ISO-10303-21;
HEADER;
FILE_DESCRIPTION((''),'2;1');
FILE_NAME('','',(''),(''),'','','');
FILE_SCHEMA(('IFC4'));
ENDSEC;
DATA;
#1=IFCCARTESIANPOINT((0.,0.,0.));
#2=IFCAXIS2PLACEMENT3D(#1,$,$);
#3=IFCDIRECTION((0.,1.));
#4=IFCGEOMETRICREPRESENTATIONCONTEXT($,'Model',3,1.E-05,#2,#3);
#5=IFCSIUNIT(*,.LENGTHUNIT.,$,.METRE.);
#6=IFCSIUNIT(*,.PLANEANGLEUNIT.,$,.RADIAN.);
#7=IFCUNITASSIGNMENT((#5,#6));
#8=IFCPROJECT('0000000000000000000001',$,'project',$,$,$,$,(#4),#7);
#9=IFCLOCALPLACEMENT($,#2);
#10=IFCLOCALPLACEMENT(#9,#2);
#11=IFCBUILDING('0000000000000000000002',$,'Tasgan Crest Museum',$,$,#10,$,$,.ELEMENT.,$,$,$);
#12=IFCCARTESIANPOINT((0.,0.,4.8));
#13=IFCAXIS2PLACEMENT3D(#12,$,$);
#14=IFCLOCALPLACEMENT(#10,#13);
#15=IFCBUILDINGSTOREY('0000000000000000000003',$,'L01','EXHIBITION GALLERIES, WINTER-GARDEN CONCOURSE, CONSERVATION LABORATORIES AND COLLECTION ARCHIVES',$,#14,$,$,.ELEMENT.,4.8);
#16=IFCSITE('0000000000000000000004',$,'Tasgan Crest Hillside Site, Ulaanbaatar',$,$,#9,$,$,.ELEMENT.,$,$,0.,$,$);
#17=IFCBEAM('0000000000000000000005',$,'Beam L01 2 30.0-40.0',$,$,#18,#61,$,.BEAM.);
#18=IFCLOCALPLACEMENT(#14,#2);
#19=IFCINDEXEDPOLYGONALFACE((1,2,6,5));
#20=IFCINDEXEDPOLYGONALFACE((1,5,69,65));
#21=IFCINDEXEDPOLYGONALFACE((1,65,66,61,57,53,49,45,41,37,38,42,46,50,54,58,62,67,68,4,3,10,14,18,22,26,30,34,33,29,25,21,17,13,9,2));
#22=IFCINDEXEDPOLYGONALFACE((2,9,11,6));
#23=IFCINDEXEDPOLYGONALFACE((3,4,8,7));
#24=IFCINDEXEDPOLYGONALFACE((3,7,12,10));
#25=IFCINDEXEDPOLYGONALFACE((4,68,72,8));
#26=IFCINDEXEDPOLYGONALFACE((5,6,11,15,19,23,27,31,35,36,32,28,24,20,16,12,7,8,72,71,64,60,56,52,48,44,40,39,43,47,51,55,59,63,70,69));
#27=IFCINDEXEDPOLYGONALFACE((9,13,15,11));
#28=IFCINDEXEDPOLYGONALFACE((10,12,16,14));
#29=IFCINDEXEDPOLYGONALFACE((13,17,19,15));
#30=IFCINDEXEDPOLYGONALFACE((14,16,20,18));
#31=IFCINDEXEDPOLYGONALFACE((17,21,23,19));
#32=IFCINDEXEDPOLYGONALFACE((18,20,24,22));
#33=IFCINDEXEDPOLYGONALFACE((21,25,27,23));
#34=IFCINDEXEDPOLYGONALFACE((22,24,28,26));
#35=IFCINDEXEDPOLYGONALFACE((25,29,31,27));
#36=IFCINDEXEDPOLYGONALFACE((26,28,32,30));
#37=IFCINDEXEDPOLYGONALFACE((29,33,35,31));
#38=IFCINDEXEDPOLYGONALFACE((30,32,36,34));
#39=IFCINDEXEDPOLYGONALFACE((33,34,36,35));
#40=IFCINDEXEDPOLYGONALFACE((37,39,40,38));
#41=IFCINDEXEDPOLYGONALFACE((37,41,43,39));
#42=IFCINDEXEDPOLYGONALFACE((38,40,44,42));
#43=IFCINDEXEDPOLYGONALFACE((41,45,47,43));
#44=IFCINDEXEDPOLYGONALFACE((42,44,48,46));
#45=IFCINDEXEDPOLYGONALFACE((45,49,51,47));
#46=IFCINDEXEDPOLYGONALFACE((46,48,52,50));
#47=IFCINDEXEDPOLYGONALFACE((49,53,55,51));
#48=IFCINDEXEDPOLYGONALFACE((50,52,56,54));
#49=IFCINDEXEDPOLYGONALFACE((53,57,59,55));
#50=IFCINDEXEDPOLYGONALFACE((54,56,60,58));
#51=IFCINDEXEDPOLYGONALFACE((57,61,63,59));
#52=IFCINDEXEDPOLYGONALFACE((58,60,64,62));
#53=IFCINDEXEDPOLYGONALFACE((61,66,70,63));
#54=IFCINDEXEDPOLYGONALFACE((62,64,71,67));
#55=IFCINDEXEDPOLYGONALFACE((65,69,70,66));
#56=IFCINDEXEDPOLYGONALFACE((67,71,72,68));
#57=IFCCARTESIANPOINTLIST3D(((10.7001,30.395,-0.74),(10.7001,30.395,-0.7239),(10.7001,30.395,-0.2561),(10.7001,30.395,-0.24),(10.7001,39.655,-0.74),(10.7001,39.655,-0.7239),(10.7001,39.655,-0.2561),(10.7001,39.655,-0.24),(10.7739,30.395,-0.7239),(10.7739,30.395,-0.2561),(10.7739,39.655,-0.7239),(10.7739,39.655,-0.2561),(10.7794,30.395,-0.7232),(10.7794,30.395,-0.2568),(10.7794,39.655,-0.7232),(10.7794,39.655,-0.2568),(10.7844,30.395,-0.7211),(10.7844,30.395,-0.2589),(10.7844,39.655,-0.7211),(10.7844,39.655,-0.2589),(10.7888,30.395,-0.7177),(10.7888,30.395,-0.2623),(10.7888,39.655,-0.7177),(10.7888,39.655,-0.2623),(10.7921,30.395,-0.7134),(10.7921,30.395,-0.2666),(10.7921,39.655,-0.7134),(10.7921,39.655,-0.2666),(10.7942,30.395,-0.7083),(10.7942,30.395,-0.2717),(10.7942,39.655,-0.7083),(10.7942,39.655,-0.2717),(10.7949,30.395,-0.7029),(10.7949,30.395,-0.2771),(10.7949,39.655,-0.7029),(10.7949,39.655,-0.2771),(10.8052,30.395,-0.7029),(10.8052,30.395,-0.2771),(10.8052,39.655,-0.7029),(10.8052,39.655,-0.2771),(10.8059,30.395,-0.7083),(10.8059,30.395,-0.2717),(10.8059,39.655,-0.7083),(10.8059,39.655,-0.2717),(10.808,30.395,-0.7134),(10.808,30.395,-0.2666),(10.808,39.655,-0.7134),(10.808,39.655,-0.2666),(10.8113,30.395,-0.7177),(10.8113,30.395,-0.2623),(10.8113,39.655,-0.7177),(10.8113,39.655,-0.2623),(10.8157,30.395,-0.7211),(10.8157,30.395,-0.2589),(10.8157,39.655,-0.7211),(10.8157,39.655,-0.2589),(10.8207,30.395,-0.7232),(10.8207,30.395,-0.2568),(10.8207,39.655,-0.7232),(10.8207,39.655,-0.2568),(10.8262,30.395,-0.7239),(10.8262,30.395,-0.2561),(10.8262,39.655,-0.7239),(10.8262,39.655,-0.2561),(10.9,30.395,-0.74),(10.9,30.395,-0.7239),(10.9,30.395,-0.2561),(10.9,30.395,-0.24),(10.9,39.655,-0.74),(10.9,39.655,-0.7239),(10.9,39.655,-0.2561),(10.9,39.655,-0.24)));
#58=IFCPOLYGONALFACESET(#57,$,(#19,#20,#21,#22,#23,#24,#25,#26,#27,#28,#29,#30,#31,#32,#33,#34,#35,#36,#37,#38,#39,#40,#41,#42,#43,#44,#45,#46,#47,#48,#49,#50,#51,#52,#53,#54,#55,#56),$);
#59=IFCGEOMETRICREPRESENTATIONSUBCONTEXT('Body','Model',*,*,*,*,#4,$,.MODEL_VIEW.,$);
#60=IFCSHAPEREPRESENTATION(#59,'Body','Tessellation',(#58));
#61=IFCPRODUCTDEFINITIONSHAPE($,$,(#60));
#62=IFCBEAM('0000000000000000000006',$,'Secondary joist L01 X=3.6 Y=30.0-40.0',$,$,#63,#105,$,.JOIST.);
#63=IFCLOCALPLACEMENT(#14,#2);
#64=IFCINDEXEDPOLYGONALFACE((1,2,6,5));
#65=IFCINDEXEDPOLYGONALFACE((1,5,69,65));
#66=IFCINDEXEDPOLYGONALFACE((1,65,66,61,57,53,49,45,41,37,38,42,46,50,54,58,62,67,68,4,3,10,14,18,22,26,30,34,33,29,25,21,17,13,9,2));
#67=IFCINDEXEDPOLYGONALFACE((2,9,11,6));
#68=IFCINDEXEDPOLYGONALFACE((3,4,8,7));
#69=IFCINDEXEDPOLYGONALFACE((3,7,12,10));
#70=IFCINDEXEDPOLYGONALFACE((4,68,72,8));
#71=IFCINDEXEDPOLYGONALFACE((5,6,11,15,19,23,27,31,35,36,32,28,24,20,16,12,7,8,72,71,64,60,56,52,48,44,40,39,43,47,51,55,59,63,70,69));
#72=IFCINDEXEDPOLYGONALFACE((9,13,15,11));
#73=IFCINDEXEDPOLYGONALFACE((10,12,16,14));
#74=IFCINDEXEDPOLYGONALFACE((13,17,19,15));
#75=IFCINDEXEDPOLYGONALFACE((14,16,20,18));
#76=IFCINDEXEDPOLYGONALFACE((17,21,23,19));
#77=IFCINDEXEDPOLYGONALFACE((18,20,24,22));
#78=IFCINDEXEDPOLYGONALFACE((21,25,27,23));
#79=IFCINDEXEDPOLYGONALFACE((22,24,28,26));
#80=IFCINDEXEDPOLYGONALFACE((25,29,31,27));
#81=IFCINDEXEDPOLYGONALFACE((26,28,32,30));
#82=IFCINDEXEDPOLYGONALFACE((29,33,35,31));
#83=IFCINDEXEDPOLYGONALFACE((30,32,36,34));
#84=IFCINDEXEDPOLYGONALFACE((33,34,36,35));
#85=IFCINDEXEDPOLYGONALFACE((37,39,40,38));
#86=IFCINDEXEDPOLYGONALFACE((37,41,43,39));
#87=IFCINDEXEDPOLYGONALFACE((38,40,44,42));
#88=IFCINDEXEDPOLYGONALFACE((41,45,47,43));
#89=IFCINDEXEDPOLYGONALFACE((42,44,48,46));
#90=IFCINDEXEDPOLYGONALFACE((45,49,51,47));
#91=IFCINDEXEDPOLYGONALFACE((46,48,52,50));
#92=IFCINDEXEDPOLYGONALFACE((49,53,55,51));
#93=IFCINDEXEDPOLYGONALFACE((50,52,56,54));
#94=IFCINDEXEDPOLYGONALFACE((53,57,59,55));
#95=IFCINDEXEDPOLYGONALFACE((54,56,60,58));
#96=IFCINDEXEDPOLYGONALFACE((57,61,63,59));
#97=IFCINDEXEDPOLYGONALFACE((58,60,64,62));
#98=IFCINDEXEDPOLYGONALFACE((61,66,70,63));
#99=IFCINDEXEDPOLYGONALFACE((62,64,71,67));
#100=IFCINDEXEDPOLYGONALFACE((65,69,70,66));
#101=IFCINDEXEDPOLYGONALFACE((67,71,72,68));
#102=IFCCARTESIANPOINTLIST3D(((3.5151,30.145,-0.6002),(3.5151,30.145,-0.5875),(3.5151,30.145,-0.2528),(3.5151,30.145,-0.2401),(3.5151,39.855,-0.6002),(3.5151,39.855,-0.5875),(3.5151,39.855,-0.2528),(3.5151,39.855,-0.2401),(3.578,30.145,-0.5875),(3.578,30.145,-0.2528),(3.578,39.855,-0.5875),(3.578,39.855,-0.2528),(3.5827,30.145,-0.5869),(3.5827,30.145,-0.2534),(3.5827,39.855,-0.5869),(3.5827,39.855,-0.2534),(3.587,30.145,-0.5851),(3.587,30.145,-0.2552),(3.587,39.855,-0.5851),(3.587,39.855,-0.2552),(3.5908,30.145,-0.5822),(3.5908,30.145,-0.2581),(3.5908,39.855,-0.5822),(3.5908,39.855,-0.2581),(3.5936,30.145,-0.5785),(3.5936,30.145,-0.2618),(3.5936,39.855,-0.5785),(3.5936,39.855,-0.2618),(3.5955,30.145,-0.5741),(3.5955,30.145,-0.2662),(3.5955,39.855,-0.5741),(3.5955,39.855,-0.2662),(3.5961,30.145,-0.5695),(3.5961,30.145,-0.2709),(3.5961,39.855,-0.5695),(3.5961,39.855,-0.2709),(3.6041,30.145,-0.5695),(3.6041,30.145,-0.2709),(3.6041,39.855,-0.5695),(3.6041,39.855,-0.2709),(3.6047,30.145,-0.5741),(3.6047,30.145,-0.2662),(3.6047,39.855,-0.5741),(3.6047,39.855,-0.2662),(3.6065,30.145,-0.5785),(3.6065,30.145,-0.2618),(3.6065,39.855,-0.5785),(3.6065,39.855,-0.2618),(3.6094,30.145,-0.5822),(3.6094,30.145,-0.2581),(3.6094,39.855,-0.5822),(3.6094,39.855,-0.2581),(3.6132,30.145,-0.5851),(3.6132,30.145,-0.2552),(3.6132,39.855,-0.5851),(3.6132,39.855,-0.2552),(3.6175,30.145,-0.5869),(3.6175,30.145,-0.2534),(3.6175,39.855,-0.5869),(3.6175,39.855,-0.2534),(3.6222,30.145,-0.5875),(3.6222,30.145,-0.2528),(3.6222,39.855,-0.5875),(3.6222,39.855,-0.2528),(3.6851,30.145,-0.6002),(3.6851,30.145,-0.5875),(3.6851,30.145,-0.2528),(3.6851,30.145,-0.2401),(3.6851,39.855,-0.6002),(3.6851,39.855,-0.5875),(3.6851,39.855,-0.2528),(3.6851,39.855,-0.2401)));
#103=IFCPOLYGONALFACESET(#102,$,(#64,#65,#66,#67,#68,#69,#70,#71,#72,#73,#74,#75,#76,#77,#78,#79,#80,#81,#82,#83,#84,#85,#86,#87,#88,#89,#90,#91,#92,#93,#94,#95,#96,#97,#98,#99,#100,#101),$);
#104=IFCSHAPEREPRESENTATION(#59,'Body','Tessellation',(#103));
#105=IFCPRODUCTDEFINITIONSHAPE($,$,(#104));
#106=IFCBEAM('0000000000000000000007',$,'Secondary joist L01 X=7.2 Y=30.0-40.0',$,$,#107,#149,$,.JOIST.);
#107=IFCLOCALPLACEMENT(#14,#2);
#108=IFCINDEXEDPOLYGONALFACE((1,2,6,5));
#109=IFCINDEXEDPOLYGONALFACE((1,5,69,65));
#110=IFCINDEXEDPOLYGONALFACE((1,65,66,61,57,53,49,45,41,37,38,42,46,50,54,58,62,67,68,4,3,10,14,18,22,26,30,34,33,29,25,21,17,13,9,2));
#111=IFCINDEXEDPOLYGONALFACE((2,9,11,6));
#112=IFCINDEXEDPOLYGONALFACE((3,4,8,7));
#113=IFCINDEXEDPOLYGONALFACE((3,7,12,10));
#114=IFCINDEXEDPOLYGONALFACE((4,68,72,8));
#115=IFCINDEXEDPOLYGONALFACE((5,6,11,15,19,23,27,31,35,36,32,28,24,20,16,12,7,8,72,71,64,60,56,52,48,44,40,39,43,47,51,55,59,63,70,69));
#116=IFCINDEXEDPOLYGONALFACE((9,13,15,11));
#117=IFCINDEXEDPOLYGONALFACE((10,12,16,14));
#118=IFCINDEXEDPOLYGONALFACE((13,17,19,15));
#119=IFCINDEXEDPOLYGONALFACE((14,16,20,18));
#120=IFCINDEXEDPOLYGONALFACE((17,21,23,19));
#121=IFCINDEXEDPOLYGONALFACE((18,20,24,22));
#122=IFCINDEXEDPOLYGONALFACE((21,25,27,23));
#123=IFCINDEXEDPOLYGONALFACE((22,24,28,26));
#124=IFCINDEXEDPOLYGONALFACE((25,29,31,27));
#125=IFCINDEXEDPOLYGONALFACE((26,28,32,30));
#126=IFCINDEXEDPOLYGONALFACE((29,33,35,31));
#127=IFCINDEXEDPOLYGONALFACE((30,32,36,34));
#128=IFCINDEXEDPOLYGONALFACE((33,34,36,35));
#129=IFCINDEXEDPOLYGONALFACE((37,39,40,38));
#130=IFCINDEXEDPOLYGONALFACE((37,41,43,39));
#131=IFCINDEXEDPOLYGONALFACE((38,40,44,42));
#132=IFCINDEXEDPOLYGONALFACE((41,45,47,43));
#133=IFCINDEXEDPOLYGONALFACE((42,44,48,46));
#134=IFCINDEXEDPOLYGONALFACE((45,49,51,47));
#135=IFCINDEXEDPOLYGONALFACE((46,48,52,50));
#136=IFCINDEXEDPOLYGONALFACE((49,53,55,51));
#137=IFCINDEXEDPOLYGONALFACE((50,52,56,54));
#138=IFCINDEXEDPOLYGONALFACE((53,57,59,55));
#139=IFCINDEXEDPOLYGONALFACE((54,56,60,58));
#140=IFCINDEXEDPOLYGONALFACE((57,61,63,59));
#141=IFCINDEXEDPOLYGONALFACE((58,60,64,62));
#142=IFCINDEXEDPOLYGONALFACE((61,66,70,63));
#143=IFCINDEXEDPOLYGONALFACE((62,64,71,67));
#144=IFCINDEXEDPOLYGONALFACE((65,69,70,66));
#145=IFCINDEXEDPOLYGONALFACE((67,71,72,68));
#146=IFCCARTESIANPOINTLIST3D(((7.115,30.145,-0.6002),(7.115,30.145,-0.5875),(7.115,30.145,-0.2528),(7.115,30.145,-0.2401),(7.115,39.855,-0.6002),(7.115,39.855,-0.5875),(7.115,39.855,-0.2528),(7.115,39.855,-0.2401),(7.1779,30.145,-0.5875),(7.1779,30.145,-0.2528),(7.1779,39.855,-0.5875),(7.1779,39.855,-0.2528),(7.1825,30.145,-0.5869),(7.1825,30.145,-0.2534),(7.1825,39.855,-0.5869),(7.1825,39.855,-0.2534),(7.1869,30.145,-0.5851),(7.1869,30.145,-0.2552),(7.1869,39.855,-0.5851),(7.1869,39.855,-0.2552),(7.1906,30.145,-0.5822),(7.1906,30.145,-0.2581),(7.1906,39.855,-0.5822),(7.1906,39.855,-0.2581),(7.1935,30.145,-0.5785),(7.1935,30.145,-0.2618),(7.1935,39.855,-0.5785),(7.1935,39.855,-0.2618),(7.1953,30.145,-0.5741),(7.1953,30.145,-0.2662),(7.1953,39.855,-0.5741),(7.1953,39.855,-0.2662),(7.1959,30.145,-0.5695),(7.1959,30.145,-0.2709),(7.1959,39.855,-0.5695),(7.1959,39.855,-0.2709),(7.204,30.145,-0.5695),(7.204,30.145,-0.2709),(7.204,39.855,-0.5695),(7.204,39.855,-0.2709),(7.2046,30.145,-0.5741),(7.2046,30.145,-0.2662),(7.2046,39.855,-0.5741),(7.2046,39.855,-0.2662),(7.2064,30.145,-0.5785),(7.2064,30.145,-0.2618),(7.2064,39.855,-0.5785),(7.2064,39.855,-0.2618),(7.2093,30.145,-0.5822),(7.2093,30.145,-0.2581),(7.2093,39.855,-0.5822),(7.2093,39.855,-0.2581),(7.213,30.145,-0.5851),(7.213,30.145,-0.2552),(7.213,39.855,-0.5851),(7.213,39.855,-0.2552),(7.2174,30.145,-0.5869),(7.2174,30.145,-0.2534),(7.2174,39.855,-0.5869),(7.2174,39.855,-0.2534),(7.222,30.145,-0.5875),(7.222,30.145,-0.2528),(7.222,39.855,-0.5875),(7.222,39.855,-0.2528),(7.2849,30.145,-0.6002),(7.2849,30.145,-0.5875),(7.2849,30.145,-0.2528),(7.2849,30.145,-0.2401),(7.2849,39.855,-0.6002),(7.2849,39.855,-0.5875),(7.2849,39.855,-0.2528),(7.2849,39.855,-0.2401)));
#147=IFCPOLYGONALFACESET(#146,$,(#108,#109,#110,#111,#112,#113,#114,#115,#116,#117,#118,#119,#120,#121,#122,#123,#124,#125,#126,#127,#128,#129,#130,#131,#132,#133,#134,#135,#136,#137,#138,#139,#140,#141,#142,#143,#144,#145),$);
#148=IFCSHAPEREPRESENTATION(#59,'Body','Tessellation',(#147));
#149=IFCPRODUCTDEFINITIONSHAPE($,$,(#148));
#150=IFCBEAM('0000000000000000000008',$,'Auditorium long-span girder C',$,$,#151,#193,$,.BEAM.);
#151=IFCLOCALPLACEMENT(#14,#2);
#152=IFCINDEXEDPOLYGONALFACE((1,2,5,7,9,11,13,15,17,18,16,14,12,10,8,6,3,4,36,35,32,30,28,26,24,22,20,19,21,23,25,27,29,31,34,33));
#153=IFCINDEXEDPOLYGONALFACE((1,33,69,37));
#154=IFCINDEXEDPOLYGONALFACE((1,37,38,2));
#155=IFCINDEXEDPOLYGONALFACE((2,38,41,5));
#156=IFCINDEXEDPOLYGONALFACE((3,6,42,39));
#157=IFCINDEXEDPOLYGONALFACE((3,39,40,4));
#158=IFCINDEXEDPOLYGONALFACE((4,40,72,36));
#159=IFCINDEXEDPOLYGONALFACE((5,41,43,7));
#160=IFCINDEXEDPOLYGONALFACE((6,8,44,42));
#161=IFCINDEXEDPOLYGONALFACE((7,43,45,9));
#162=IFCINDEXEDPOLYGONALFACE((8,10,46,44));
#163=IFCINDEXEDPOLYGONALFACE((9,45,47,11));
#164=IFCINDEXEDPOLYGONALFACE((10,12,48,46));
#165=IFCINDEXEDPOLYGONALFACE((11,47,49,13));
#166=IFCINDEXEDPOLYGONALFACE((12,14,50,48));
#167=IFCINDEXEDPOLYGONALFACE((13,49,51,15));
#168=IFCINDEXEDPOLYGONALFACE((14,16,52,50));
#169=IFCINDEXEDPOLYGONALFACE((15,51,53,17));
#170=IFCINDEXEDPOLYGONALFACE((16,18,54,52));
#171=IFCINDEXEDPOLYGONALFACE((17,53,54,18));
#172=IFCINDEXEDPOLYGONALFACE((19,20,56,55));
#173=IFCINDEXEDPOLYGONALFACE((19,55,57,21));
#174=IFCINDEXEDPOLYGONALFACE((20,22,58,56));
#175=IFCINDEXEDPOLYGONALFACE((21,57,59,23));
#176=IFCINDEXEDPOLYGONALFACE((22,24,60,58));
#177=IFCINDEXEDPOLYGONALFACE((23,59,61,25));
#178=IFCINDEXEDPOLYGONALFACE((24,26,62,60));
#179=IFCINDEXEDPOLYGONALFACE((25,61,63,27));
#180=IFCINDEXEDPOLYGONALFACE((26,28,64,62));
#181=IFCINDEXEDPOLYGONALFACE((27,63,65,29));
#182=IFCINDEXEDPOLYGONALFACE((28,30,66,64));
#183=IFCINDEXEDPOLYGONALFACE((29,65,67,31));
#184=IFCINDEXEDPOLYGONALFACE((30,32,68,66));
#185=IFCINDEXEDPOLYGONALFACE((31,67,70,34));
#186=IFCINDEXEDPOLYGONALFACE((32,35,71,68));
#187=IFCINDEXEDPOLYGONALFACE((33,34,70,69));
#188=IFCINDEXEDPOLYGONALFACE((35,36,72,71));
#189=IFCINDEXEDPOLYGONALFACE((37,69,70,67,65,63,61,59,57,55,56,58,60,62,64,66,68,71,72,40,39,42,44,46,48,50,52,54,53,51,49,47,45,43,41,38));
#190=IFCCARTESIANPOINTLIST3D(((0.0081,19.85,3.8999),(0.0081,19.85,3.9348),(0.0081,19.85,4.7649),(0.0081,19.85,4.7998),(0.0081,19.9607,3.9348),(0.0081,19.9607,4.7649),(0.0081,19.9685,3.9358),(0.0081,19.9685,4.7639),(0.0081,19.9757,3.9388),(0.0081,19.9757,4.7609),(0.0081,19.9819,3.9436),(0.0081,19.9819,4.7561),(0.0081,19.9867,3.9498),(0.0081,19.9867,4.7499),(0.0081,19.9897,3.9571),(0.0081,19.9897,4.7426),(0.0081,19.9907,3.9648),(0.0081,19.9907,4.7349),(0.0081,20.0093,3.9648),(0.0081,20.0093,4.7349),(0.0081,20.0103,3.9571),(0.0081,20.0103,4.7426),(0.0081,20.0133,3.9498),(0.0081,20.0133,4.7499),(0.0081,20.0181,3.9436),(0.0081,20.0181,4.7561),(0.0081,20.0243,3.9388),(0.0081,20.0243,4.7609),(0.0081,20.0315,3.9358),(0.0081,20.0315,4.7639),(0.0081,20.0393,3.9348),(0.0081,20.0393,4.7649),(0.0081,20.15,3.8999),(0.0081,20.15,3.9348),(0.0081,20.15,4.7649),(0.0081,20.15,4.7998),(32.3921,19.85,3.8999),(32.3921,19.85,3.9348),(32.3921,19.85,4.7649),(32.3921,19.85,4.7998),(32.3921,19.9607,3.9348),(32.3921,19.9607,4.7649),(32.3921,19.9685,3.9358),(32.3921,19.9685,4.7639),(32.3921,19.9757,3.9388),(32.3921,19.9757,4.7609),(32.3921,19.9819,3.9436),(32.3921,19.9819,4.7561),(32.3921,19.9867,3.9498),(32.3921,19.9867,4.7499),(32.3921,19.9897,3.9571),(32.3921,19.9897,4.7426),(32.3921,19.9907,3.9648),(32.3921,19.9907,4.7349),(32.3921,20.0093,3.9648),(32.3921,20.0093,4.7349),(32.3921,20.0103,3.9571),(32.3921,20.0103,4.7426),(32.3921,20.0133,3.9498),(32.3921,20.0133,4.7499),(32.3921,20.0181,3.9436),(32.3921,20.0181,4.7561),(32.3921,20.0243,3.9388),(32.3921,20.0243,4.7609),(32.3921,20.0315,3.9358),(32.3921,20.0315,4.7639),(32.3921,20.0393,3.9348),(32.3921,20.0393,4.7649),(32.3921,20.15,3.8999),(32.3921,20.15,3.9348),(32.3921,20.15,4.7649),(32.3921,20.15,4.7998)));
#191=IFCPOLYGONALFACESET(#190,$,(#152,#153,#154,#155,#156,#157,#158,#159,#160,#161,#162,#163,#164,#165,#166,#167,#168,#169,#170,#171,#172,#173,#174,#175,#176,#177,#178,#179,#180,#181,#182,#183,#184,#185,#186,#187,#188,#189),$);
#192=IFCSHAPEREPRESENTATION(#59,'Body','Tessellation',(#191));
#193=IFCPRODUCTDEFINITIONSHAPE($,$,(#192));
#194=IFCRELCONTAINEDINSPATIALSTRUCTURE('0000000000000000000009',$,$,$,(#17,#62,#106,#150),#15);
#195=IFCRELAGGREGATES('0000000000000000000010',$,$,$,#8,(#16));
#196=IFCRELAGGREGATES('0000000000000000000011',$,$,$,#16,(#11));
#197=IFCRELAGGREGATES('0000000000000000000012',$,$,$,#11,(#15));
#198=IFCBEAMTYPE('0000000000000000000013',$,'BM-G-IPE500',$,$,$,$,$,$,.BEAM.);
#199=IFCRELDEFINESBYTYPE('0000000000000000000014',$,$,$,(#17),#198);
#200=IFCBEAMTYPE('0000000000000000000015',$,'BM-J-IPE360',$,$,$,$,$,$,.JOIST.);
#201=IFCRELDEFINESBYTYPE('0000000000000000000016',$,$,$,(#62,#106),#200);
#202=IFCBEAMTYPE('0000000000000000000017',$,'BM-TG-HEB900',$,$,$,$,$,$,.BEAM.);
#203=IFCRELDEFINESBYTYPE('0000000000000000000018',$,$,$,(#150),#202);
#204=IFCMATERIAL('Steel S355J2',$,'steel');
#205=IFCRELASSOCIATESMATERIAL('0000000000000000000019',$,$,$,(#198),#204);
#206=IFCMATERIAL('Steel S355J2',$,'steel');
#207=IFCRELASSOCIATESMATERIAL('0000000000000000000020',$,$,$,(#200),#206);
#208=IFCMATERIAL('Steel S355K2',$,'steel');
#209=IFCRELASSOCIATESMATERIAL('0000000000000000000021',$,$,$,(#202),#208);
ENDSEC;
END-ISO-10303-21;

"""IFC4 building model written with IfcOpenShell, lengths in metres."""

from ifc_helpers import new_model, si_unit, direction, frame, origin, origin_2d, place, context, subcontext, project, spatial, i_section, extrude, material, material_profile, profile_set, type_object, element, save


model = new_model("IFC4")

# Units and contexts
model_context = context("Model", 3, precision=1e-05, world=origin(), true_north=direction((0.0, 1.0)))
body_context = subcontext(model_context, "Body", "Model", "MODEL_VIEW")
ifc_project = project(units=[si_unit("LENGTHUNIT", "METRE"), si_unit("PLANEANGLEUNIT", "RADIAN")], contexts=[model_context])

# Site, building, storey
site_placement = place(None, origin())
site = spatial("IfcSite", under=ifc_project, at=site_placement, Name="Tasgan Crest Hillside Site, Ulaanbaatar", CompositionType="ELEMENT", RefElevation=0.0)
building_placement = place(site_placement, origin())
building = spatial("IfcBuilding", under=site, at=building_placement, Name="Tasgan Crest Museum", CompositionType="ELEMENT")
storey_placement = place(building_placement, frame((0.0, 0.0, 4.8)))
storey = spatial("IfcBuildingStorey", under=building, at=storey_placement, Name="L01", Description="EXHIBITION GALLERIES, WINTER-GARDEN CONCOURSE, CONSERVATION LABORATORIES AND COLLECTION ARCHIVES", CompositionType="ELEMENT", Elevation=4.8)

# Beams
ifc_material_1 = material(Name="Steel S355J2", Category="steel")
ifc_material_profile_1 = material_profile(ifc_material_1, i_section(OverallWidth=0.2, OverallDepth=0.5, WebThickness=0.0103, FlangeThickness=0.0161, FilletRadius=0.021, at=origin_2d()), Name="IPE 500")
ifc_profile_set_1 = profile_set([ifc_material_profile_1], Name="Steel S355J2")
beam_type_1 = type_object("IfcBeamType", Name="BM-G-IPE500", PredefinedType="BEAM", material=ifc_profile_set_1)
beam_1_placement = place(storey_placement, frame((10.8, 30.395, -0.49), z_axis=(0.0, 1.0, 0.0), x_axis=(-1.0, 0.0, 0.0)))
element("IfcBeam", 1, at=beam_1_placement, inside=storey, type_object=beam_type_1, Name="Beam L01 2 30.0-40.0", PredefinedType="BEAM", context=body_context, shape_type="SweptSolid", body=[
    extrude(i_section(OverallWidth=0.2, OverallDepth=0.5, WebThickness=0.0103, FlangeThickness=0.0161, FilletRadius=0.021, at=origin_2d()), origin(), (0.0, 0.0, 1.0), 9.26),
])
ifc_material_2 = material(Name="Steel S355J2", Category="steel")
ifc_material_profile_2 = material_profile(ifc_material_2, i_section(OverallWidth=0.1699, OverallDepth=0.3601, WebThickness=0.0081, FlangeThickness=0.0127, FilletRadius=0.0181, at=origin_2d()), Name="IPE 360")
ifc_profile_set_2 = profile_set([ifc_material_profile_2], Name="Steel S355J2")
beam_type_2 = type_object("IfcBeamType", Name="BM-J-IPE360", PredefinedType="JOIST", material=ifc_profile_set_2)
for number, where, z_axis, x_axis, name in (
    (2, (3.6001, 30.145, -0.4202), (0.0, 1.0, 0.0), (-1.0, 0.0, 0.0), "Secondary joist L01 X=3.6 Y=30.0-40.0"),
    (3, (7.2, 30.145, -0.4202), (0.0, 1.0, 0.0), (-1.0, 0.0, 0.0), "Secondary joist L01 X=7.2 Y=30.0-40.0"),
):
    element("IfcBeam", number, at=place(storey_placement, frame(where, z_axis=z_axis, x_axis=x_axis)), inside=storey, type_object=beam_type_2, Name=name, PredefinedType="JOIST", context=body_context, shape_type="SweptSolid", body=[
        extrude(i_section(OverallWidth=0.1699, OverallDepth=0.3601, WebThickness=0.0081, FlangeThickness=0.0127, FilletRadius=0.0181, at=origin_2d()), origin(), (0.0, 0.0, 1.0), 9.71),
    ])
ifc_material_3 = material(Name="Steel S355K2", Category="steel")
ifc_material_profile_3 = material_profile(ifc_material_3, i_section(OverallWidth=0.3, OverallDepth=0.8999, WebThickness=0.0186, FlangeThickness=0.0349, FilletRadius=0.03, at=origin_2d()), Name="HEB 900")
ifc_profile_set_3 = profile_set([ifc_material_profile_3], Name="Steel S355K2")
beam_type_3 = type_object("IfcBeamType", Name="BM-TG-HEB900", PredefinedType="BEAM", material=ifc_profile_set_3)
for number, where, z_axis, x_axis, name in (
    (4, (0.0081, 20.0, 4.3499), (1.0, 0.0, 0.0), (0.0, 1.0, 0.0), "Auditorium long-span girder C"),
):
    element("IfcBeam", number, at=place(storey_placement, frame(where, z_axis=z_axis, x_axis=x_axis)), inside=storey, type_object=beam_type_3, Name=name, PredefinedType="BEAM", context=body_context, shape_type="SweptSolid", body=[
        extrude(i_section(OverallWidth=0.3, OverallDepth=0.8999, WebThickness=0.0186, FlangeThickness=0.0349, FilletRadius=0.03, at=origin_2d()), origin(), (0.0, 0.0, 1.0), 32.384),
    ])

save(model, "model.ifc")
